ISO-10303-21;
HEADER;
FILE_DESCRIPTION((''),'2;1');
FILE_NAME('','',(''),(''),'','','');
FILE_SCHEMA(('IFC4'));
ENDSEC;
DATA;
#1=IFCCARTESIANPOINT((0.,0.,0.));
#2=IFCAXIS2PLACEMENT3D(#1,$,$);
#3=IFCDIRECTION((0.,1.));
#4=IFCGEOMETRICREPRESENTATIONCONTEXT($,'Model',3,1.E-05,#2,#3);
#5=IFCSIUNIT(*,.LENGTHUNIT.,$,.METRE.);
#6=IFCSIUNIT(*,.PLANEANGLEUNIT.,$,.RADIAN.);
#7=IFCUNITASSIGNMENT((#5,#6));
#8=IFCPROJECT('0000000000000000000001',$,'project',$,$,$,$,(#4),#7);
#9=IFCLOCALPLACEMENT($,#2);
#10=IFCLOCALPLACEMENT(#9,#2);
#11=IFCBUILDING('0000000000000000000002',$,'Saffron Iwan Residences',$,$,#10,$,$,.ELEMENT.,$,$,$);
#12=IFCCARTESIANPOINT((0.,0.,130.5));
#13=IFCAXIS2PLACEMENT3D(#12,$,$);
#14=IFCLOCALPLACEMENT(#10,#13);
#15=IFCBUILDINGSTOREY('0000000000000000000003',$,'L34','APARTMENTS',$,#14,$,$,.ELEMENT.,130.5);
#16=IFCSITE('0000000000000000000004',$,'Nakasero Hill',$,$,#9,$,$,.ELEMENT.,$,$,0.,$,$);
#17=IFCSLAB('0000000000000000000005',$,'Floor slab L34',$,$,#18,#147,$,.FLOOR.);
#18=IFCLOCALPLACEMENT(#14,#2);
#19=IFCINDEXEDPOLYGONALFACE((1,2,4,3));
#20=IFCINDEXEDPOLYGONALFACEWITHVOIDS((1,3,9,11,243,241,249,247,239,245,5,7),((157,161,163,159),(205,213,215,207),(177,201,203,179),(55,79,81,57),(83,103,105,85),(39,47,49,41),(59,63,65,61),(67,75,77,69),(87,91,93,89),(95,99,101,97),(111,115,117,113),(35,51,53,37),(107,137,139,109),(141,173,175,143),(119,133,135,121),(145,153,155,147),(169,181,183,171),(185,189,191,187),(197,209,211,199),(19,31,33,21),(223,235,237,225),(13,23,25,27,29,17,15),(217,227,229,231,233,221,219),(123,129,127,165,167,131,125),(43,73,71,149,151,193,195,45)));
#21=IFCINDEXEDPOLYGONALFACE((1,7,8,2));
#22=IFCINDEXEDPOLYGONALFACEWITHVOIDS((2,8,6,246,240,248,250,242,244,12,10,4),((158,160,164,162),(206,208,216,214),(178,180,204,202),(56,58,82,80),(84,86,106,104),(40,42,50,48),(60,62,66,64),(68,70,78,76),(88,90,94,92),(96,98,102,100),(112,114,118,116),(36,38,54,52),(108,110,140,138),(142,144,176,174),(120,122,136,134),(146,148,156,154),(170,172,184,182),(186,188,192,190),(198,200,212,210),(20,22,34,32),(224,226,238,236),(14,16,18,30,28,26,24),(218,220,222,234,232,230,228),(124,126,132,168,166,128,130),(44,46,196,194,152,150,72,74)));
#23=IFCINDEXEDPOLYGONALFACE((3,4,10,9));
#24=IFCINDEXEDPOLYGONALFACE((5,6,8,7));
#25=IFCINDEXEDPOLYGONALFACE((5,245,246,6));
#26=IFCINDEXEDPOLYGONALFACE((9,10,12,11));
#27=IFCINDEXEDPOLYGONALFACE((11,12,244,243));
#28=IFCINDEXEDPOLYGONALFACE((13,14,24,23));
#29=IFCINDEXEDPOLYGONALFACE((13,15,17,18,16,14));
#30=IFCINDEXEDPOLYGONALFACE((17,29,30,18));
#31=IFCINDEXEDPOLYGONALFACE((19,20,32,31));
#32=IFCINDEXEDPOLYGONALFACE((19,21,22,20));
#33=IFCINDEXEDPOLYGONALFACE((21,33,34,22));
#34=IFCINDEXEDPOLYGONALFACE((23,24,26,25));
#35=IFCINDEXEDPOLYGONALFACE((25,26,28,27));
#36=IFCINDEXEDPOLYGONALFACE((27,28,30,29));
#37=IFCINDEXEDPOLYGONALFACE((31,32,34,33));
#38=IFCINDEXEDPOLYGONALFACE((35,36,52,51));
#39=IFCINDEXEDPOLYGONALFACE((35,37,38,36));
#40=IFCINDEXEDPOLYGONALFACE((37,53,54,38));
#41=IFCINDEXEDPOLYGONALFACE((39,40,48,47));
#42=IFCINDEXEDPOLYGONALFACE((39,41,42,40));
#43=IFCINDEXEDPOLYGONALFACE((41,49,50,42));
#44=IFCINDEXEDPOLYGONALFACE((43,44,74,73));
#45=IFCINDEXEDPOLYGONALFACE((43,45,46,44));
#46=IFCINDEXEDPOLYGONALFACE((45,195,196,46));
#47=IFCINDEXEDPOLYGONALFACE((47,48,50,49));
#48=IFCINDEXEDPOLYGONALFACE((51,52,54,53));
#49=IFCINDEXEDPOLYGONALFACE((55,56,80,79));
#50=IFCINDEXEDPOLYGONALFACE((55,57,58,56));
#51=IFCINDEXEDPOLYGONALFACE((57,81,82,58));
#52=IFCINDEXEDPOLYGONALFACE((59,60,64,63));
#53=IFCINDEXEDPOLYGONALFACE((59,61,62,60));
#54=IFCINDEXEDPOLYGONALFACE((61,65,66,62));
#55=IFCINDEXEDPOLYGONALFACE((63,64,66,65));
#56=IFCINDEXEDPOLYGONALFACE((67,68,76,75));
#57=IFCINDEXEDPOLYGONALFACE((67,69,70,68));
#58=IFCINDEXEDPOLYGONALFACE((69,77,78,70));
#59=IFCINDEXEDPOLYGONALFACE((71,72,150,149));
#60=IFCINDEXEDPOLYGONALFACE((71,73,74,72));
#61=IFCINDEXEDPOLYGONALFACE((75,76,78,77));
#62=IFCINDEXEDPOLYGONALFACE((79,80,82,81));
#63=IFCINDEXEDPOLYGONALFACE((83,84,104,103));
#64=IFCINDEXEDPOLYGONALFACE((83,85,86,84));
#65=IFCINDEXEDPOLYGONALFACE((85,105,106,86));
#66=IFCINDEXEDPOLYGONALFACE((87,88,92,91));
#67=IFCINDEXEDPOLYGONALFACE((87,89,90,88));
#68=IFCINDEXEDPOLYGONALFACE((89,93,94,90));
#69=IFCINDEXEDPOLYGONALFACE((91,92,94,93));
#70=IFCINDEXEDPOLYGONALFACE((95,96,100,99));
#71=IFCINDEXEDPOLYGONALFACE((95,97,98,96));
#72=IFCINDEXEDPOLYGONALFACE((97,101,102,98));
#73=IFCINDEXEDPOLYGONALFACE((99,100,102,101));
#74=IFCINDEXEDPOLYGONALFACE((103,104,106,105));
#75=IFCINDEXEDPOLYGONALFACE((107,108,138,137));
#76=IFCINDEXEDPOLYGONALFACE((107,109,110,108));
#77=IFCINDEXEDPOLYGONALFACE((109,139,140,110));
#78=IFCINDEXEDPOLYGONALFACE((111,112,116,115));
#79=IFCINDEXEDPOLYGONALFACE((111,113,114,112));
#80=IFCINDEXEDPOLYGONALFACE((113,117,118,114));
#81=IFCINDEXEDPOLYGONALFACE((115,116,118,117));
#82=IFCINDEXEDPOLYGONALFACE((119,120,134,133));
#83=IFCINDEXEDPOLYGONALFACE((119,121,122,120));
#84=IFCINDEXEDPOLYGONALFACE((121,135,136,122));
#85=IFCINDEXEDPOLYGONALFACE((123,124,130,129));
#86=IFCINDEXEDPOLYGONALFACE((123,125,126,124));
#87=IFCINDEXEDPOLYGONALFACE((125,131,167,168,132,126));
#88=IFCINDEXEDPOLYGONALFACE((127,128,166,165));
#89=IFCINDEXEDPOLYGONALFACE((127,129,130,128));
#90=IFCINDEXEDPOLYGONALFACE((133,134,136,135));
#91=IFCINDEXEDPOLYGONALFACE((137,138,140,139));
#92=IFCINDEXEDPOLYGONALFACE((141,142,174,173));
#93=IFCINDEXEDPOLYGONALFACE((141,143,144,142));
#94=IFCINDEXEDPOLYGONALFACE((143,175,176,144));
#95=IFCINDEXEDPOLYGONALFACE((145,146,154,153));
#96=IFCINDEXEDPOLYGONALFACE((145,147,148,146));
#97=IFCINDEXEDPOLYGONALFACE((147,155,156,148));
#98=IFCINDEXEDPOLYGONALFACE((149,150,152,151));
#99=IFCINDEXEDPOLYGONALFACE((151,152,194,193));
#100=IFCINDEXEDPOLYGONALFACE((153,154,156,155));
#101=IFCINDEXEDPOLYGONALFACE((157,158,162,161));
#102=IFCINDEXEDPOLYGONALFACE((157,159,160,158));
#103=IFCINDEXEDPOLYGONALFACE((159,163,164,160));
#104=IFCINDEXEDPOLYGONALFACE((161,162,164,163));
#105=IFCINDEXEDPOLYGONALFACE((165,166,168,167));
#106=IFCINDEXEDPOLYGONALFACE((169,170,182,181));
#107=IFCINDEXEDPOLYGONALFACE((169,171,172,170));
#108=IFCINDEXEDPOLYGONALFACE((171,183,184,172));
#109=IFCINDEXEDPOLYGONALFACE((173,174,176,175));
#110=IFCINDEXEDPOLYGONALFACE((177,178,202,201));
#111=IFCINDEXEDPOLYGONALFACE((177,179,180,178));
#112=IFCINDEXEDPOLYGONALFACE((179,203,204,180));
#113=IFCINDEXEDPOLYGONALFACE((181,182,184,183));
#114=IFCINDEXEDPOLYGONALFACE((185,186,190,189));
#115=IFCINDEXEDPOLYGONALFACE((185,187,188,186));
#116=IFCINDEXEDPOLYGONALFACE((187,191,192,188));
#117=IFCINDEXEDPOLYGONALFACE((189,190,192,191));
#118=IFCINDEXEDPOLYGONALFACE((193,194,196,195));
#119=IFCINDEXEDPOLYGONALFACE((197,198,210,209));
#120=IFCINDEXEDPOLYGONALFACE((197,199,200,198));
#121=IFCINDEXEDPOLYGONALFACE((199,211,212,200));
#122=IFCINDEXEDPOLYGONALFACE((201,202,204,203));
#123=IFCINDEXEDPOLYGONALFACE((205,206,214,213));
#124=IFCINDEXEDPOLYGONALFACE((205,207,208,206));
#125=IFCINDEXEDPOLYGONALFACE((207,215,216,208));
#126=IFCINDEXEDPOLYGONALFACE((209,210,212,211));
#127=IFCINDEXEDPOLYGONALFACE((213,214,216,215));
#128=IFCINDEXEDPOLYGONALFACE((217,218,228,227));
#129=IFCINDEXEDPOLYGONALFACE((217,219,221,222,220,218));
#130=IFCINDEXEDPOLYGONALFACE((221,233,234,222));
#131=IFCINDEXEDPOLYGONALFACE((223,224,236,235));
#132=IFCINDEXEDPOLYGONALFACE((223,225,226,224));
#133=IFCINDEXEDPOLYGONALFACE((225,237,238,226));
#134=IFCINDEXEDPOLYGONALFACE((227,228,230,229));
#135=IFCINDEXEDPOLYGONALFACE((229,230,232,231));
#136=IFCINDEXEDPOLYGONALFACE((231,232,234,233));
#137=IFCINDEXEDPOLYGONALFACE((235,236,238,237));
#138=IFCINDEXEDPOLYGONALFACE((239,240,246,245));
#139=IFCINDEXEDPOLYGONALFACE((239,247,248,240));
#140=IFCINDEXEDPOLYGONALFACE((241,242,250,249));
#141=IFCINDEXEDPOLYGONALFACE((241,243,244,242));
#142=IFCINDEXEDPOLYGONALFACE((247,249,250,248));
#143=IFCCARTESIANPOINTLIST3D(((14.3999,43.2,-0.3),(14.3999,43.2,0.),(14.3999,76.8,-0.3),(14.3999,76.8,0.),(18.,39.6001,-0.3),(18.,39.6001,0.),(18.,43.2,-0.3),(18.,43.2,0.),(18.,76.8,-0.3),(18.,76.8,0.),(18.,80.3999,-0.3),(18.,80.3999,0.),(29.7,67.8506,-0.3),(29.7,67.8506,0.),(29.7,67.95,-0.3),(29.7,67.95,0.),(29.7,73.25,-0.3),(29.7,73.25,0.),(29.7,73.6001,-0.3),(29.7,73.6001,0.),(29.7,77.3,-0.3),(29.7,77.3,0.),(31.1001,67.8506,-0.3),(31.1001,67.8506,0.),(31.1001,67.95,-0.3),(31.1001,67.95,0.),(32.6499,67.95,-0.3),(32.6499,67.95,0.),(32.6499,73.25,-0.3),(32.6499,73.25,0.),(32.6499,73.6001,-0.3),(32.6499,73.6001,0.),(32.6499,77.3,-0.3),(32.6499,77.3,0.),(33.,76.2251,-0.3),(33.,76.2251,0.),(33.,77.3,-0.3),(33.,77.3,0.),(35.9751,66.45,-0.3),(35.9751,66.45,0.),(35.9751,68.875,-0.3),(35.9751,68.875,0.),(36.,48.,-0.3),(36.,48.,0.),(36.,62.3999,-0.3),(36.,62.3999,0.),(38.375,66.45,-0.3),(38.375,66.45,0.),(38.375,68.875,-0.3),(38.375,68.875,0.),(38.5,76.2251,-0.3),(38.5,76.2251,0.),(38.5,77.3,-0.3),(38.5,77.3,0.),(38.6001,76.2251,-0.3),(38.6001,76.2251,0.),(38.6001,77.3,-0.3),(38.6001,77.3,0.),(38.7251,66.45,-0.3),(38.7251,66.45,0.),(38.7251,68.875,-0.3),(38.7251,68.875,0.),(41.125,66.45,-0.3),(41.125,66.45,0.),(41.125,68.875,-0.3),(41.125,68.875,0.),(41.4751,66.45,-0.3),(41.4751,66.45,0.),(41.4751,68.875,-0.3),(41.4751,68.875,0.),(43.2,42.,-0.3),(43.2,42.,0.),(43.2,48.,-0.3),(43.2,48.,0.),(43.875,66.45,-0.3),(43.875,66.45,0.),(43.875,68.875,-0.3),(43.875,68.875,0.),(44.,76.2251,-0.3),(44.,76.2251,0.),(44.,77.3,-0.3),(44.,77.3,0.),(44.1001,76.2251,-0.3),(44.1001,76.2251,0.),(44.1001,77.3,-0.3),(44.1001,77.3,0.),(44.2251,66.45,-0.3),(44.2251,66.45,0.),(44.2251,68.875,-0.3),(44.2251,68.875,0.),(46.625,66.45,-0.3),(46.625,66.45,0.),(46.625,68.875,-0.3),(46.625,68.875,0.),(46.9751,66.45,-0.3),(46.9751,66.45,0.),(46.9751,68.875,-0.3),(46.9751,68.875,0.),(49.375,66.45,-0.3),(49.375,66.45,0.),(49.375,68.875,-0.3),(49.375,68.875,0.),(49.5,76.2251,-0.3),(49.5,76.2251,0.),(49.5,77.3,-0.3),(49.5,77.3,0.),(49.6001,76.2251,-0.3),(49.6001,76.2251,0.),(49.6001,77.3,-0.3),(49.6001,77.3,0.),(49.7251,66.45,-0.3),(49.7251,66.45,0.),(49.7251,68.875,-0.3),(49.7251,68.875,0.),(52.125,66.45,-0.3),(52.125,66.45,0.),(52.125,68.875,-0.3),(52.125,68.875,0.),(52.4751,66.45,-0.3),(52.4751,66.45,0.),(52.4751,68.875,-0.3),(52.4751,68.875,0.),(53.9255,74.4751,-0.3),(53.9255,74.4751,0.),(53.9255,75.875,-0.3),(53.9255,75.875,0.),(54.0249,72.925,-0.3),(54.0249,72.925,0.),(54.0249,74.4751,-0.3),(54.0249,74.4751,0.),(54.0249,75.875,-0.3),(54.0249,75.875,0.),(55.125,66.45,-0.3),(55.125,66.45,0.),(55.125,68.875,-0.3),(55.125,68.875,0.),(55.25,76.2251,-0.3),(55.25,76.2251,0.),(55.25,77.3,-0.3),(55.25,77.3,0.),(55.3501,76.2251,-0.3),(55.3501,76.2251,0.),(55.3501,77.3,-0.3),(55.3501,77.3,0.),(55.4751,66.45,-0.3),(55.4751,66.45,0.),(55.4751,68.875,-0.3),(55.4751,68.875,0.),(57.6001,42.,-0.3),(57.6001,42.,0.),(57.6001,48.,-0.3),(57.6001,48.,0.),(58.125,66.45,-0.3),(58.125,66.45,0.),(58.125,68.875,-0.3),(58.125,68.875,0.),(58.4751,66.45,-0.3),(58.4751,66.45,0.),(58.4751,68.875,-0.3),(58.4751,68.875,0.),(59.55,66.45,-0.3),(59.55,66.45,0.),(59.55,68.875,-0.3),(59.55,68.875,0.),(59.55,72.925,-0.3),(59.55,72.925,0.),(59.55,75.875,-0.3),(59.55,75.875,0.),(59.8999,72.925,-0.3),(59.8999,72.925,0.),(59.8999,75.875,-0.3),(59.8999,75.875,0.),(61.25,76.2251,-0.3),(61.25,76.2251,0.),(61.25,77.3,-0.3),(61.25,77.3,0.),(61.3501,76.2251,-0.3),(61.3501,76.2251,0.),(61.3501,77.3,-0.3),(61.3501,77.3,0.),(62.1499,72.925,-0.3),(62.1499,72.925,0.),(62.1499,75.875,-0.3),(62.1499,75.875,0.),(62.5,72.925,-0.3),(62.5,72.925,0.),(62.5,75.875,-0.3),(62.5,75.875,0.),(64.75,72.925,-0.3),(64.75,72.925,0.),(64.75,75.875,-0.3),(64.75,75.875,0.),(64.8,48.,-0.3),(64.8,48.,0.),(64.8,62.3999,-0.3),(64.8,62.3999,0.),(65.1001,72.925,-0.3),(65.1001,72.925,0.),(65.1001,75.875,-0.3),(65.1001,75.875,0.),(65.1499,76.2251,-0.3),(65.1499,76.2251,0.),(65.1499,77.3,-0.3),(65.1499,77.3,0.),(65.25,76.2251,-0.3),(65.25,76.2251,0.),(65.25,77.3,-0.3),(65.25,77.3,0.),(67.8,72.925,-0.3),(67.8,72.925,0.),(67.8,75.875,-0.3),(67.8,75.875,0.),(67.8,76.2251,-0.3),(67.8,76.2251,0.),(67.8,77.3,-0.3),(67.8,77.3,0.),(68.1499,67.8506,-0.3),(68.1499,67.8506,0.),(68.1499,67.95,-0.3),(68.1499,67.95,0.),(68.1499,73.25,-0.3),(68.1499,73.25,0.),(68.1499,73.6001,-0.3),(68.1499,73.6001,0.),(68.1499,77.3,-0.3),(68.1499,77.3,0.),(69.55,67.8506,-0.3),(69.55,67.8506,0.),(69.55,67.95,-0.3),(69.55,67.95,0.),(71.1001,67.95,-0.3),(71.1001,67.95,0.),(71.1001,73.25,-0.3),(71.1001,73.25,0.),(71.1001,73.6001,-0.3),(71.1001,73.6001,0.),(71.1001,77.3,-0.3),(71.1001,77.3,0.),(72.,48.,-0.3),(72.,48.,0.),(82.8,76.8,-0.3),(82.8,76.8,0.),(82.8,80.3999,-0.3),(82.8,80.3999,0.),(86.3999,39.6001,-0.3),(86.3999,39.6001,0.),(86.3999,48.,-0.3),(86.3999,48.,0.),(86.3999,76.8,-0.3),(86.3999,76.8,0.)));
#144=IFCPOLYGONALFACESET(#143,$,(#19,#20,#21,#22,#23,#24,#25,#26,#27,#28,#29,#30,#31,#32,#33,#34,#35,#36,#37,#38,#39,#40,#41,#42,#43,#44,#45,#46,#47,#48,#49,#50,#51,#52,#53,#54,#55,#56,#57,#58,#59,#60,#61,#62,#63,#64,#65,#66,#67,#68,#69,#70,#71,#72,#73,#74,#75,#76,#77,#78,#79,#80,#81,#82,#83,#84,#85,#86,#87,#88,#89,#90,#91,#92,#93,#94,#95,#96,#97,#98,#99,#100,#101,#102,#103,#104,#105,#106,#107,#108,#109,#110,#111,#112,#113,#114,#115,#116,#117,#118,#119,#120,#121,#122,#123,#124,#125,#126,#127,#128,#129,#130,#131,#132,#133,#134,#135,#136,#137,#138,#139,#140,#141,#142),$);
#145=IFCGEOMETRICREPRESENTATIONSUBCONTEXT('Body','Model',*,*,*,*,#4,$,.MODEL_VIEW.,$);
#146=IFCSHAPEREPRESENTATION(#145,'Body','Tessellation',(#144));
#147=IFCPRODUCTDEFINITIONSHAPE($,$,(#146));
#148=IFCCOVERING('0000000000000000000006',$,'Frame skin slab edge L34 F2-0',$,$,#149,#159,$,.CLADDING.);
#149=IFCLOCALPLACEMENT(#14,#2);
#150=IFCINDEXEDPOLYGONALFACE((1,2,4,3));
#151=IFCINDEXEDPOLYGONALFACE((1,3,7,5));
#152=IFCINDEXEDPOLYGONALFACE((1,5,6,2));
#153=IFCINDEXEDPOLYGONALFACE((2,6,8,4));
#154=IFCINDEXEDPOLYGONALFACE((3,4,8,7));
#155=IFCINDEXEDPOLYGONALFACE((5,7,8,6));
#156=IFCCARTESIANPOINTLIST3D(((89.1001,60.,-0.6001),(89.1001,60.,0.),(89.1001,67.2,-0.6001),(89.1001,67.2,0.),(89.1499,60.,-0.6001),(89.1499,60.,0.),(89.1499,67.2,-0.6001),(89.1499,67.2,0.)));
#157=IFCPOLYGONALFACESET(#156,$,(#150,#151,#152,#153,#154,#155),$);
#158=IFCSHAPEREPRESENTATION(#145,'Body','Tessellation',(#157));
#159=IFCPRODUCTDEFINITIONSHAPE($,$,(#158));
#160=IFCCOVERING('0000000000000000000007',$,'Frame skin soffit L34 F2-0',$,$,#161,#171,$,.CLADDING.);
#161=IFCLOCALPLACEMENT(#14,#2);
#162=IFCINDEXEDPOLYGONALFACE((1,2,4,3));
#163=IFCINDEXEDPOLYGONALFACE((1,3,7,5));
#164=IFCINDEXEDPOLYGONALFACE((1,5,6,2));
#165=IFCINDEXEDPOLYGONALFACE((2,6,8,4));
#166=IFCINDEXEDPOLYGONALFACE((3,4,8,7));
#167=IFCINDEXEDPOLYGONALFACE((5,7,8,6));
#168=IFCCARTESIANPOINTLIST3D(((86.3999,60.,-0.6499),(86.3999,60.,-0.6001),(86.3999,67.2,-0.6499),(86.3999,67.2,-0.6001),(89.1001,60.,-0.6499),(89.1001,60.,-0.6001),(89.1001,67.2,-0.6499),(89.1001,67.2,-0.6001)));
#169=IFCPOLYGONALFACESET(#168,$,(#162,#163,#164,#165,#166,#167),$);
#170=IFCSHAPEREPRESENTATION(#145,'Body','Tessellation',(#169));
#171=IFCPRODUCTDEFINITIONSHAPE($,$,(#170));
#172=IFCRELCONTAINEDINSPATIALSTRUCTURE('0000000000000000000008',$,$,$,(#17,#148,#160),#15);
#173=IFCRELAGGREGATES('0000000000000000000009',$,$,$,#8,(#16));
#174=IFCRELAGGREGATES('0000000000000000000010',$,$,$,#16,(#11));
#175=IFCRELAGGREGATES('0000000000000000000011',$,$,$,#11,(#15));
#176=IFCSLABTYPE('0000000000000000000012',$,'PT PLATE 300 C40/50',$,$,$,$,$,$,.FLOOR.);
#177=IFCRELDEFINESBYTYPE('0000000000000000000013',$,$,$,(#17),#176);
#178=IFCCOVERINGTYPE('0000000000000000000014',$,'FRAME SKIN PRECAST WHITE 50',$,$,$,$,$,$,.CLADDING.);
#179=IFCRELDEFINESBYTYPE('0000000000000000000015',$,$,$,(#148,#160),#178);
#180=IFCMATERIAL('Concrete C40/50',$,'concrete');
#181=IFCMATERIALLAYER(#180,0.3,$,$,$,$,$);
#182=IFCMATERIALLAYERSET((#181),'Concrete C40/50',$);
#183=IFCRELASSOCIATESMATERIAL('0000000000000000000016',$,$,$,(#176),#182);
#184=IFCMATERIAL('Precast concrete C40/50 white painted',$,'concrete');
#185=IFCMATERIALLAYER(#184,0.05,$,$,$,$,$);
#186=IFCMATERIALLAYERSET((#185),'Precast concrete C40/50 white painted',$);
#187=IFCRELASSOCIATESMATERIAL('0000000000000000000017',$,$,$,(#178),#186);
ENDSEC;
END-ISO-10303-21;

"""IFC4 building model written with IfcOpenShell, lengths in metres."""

from ifc_helpers import new_model, si_unit, direction, frame, origin, place, context, subcontext, project, spatial, polyline, outline, extrude, material, layer, layer_set, type_object, element, save


model = new_model("IFC4")

# Units and contexts
model_context = context("Model", 3, precision=1e-05, world=origin(), true_north=direction((0.0, 1.0)))
body_context = subcontext(model_context, "Body", "Model", "MODEL_VIEW")
ifc_project = project(units=[si_unit("LENGTHUNIT", "METRE"), si_unit("PLANEANGLEUNIT", "RADIAN")], contexts=[model_context])

# Site, building, storey
site_placement = place(None, origin())
site = spatial("IfcSite", under=ifc_project, at=site_placement, Name="Nakasero Hill", CompositionType="ELEMENT", RefElevation=0.0)
building_placement = place(site_placement, origin())
building = spatial("IfcBuilding", under=site, at=building_placement, Name="Saffron Iwan Residences", CompositionType="ELEMENT")
storey_placement = place(building_placement, frame((0.0, 0.0, 130.5)))
storey = spatial("IfcBuildingStorey", under=building, at=storey_placement, Name="L34", Description="APARTMENTS", CompositionType="ELEMENT", Elevation=130.5)

# Slab
ifc_material_1 = material(Name="Concrete C40/50", Category="concrete")
ifc_layer_1 = layer(ifc_material_1, 0.3)
ifc_layer_set_1 = layer_set([ifc_layer_1], Name="Concrete C40/50")
slab_type_1 = type_object("IfcSlabType", Name="PT PLATE 300 C40/50", PredefinedType="FLOOR", material=ifc_layer_set_1)
slab_1_placement = place(storey_placement, frame((0.0, 0.0, -0.3)))
element("IfcSlab", 1, at=slab_1_placement, inside=storey, type_object=slab_type_1, Name="Floor slab L34", PredefinedType="FLOOR", context=body_context, shape_type="SweptSolid", body=[
    extrude(outline(polyline([(14.3999, 43.2), (14.3999, 76.8), (18.0, 76.8), (18.0, 80.3999), (82.8, 80.3999), (82.8, 76.8), (86.3999, 76.8), (86.3999, 48.0), (72.0, 48.0), (86.3999, 39.6001), (18.0, 39.6001), (18.0, 43.2), (14.3999, 43.2)]), holes=[polyline([(64.8, 48.0), (64.8, 62.3999), (36.0, 62.3999), (36.0, 48.0), (43.2, 48.0), (43.2, 42.0), (57.6001, 42.0), (57.6001, 48.0), (64.8, 48.0)]), polyline([(38.375, 68.875), (35.9751, 68.875), (35.9751, 66.45), (38.375, 66.45), (38.375, 68.875)]), polyline([(41.125, 66.45), (41.125, 68.875), (38.7251, 68.875), (38.7251, 66.45), (41.125, 66.45)]), polyline([(43.875, 66.45), (43.875, 68.875), (41.4751, 68.875), (41.4751, 66.45), (43.875, 66.45)]), polyline([(46.625, 68.875), (44.2251, 68.875), (44.2251, 66.45), (46.625, 66.45), (46.625, 68.875)]), polyline([(49.375, 66.45), (49.375, 68.875), (46.9751, 68.875), (46.9751, 66.45), (49.375, 66.45)]), polyline([(52.125, 66.45), (52.125, 68.875), (49.7251, 68.875), (49.7251, 66.45), (52.125, 66.45)]), polyline([(29.7, 73.25), (29.7, 67.95), (29.7, 67.8506), (31.1001, 67.8506), (31.1001, 67.95), (32.6499, 67.95), (32.6499, 73.25), (29.7, 73.25)]), polyline([(32.6499, 73.6001), (32.6499, 77.3), (29.7, 77.3), (29.7, 73.6001), (32.6499, 73.6001)]), polyline([(38.5, 76.2251), (38.5, 77.3), (33.0, 77.3), (33.0, 76.2251), (38.5, 76.2251)]), polyline([(44.0, 77.3), (38.6001, 77.3), (38.6001, 76.2251), (44.0, 76.2251), (44.0, 77.3)]), polyline([(49.5, 76.2251), (49.5, 77.3), (44.1001, 77.3), (44.1001, 76.2251), (49.5, 76.2251)]), polyline([(55.25, 76.2251), (55.25, 77.3), (49.6001, 77.3), (49.6001, 76.2251), (55.25, 76.2251)]), polyline([(55.125, 68.875), (52.4751, 68.875), (52.4751, 66.45), (55.125, 66.45), (55.125, 68.875)]), polyline([(58.125, 66.45), (58.125, 68.875), (55.4751, 68.875), (55.4751, 66.45), (58.125, 66.45)]), polyline([(59.55, 66.45), (59.55, 68.875), (58.4751, 68.875), (58.4751, 66.45), (59.55, 66.45)]), polyline([(68.1499, 73.25), (68.1499, 67.95), (68.1499, 67.8506), (69.55, 67.8506), (69.55, 67.95), (71.1001, 67.95), (71.1001, 73.25), (68.1499, 73.25)]), polyline([(53.9255, 74.4751), (54.0249, 74.4751), (54.0249, 72.925), (59.55, 72.925), (59.55, 75.875), (54.0249, 75.875), (53.9255, 75.875), (53.9255, 74.4751)]), polyline([(62.1499, 72.925), (62.1499, 75.875), (59.8999, 75.875), (59.8999, 72.925), (62.1499, 72.925)]), polyline([(64.75, 75.875), (62.5, 75.875), (62.5, 72.925), (64.75, 72.925), (64.75, 75.875)]), polyline([(67.8, 72.925), (67.8, 75.875), (65.1001, 75.875), (65.1001, 72.925), (67.8, 72.925)]), polyline([(71.1001, 73.6001), (71.1001, 77.3), (68.1499, 77.3), (68.1499, 73.6001), (71.1001, 73.6001)]), polyline([(61.25, 77.3), (55.3501, 77.3), (55.3501, 76.2251), (61.25, 76.2251), (61.25, 77.3)]), polyline([(65.1499, 76.2251), (65.1499, 77.3), (61.3501, 77.3), (61.3501, 76.2251), (65.1499, 76.2251)]), polyline([(67.8, 76.2251), (67.8, 77.3), (65.25, 77.3), (65.25, 76.2251), (67.8, 76.2251)])]), origin(), (0.0, 0.0, 1.0), 0.3),
])

# Coverings
ifc_material_2 = material(Name="Precast concrete C40/50 white painted", Category="concrete")
ifc_layer_2 = layer(ifc_material_2, 0.05)
ifc_layer_set_2 = layer_set([ifc_layer_2], Name="Precast concrete C40/50 white painted")
covering_type = type_object("IfcCoveringType", Name="FRAME SKIN PRECAST WHITE 50", PredefinedType="CLADDING", material=ifc_layer_set_2)
covering_1_placement = place(storey_placement, frame((0.0, 0.0, -0.6001)))
element("IfcCovering", 2, at=covering_1_placement, inside=storey, type_object=covering_type, Name="Frame skin slab edge L34 F2-0", PredefinedType="CLADDING", context=body_context, shape_type="SweptSolid", body=[
    extrude(outline(polyline([(89.1499, 60.0), (89.1499, 67.2), (89.1001, 67.2), (89.1001, 60.0), (89.1499, 60.0)])), origin(), (0.0, 0.0, 1.0), 0.6001),
])
covering_2_placement = place(storey_placement, frame((0.0, 0.0, -0.6499)))
element("IfcCovering", 3, at=covering_2_placement, inside=storey, type_object=covering_type, Name="Frame skin soffit L34 F2-0", PredefinedType="CLADDING", context=body_context, shape_type="SweptSolid", body=[
    extrude(outline(polyline([(89.1001, 60.0), (89.1001, 67.2), (86.3999, 67.2), (86.3999, 60.0), (89.1001, 60.0)])), origin(), (0.0, 0.0, 1.0), 0.0498),
])

save(model, "model.ifc")
